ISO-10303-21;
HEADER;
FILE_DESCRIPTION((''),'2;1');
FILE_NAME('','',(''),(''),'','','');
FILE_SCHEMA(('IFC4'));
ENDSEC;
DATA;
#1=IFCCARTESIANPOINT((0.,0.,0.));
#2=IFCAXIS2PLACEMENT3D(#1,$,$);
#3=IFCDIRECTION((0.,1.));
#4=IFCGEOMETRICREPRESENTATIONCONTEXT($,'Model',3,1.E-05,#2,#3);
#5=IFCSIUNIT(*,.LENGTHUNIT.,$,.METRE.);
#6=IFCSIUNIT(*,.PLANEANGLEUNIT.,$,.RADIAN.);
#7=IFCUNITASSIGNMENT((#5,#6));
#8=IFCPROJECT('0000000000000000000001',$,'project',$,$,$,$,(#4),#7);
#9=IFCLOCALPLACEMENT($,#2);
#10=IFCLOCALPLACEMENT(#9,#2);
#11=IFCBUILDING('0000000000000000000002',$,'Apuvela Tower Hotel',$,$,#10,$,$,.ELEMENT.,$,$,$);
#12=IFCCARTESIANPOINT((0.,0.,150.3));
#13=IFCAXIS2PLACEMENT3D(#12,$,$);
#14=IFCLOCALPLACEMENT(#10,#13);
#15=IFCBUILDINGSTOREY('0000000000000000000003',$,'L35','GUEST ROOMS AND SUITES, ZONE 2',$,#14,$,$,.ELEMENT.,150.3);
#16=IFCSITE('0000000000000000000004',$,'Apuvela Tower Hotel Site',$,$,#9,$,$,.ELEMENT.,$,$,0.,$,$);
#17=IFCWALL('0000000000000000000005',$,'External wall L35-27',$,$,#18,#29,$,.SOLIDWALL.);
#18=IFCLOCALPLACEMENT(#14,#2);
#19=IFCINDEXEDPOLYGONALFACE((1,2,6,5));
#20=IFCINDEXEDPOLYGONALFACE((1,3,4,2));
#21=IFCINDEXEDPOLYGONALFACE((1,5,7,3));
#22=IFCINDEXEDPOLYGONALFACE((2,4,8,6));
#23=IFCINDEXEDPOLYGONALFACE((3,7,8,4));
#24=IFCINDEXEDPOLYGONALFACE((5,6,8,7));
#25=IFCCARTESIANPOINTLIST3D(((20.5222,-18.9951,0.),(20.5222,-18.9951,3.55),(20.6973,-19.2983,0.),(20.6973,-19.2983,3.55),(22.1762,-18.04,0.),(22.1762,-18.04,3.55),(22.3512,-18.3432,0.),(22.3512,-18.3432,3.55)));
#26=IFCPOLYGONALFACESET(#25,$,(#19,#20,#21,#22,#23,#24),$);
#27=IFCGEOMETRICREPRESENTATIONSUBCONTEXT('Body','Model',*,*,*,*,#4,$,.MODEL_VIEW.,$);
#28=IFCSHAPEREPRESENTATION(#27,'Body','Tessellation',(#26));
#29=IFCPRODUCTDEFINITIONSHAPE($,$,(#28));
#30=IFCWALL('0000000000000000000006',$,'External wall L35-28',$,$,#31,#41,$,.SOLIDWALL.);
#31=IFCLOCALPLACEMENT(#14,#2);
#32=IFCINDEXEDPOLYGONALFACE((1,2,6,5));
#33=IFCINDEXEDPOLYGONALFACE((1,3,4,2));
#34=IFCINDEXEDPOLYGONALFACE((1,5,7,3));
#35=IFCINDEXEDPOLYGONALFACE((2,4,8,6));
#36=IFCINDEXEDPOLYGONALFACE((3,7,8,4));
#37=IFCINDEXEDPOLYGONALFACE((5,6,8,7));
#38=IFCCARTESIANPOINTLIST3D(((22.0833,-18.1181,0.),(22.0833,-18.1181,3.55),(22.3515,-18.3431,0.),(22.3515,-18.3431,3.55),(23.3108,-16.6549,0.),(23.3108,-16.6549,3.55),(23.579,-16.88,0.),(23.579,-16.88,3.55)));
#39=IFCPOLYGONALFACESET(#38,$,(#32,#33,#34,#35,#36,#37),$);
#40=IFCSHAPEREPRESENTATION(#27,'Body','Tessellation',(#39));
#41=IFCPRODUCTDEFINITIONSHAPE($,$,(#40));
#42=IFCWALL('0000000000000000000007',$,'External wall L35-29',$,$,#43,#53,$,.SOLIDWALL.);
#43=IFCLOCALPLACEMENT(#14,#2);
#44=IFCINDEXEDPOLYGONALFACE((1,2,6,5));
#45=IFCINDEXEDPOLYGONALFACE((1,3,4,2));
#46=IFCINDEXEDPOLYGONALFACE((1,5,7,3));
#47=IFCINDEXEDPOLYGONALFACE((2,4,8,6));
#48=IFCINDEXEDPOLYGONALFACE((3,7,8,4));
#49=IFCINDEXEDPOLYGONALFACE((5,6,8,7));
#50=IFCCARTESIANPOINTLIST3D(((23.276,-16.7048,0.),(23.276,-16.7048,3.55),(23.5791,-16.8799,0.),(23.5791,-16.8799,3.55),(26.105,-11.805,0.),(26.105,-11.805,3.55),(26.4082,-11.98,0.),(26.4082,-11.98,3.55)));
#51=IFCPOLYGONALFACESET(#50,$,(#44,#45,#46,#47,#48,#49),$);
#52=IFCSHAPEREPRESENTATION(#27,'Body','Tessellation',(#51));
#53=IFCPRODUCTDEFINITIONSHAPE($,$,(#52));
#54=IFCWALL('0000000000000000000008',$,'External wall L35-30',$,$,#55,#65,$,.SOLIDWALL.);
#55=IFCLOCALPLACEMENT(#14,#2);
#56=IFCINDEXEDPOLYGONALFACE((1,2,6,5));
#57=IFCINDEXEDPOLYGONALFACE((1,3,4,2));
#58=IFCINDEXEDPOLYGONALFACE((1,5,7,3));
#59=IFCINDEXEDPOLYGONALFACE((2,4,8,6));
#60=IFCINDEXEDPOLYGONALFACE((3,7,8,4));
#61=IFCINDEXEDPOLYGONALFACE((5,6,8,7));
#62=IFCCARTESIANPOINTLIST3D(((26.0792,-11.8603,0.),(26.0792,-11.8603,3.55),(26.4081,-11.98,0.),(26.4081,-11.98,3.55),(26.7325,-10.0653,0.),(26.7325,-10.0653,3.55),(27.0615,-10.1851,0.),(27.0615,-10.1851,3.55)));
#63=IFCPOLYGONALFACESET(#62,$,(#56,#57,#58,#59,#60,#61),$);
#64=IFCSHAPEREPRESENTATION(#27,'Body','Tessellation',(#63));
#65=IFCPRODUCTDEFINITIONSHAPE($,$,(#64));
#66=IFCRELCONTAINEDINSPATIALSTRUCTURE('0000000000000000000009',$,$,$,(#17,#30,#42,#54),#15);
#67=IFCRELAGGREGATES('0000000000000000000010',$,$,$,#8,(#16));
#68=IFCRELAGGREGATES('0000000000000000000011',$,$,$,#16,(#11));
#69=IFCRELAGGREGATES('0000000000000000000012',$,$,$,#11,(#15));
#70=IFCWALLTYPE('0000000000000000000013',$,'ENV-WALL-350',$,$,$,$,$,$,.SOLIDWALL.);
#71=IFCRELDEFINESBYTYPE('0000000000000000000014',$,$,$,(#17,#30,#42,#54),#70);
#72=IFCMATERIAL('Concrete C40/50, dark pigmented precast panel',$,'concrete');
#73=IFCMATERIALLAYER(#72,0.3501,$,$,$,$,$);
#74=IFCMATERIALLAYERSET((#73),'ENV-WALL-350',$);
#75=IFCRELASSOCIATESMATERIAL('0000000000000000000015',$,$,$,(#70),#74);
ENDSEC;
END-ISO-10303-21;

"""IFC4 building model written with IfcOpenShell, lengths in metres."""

from ifc_helpers import new_model, si_unit, direction, frame, frame_2d, origin, place, context, subcontext, project, spatial, rectangle, extrude, material, layer, layer_set, type_object, element, save


model = new_model("IFC4")

# Units and contexts
model_context = context("Model", 3, precision=1e-05, world=origin(), true_north=direction((0.0, 1.0)))
body_context = subcontext(model_context, "Body", "Model", "MODEL_VIEW")
ifc_project = project(units=[si_unit("LENGTHUNIT", "METRE"), si_unit("PLANEANGLEUNIT", "RADIAN")], contexts=[model_context])

# Site, building, storey
site_placement = place(None, origin())
site = spatial("IfcSite", under=ifc_project, at=site_placement, Name="Apuvela Tower Hotel Site", CompositionType="ELEMENT", RefElevation=0.0)
building_placement = place(site_placement, origin())
building = spatial("IfcBuilding", under=site, at=building_placement, Name="Apuvela Tower Hotel", CompositionType="ELEMENT")
storey_placement = place(building_placement, frame((0.0, 0.0, 150.3)))
storey = spatial("IfcBuildingStorey", under=building, at=storey_placement, Name="L35", Description="GUEST ROOMS AND SUITES, ZONE 2", CompositionType="ELEMENT", Elevation=150.3)

# Shared definitions
ifc_material_1 = material(Name="Concrete C40/50, dark pigmented precast panel", Category="concrete")
ifc_layer_1 = layer(ifc_material_1, 0.3501)
ifc_layer_set_1 = layer_set([ifc_layer_1], Name="ENV-WALL-350")
wall_type_1 = type_object("IfcWallType", Name="ENV-WALL-350", PredefinedType="SOLIDWALL", material=ifc_layer_set_1)

# Walls
for number, where, z_axis, x_axis, name in (
    (1, (20.6096, -19.1467, 0.0), (0.0, 0.0, 1.0), (0.866, 0.500043, 0.0), "External wall L35-27"),
    (2, (22.2173, -18.2307, 0.0), (0.0, 0.0, 1.0), (0.642733, 0.76609, 0.0), "External wall L35-28"),
):
    element("IfcWall", number, at=place(storey_placement, frame(where, z_axis=z_axis, x_axis=x_axis)), inside=storey, type_object=wall_type_1, Name=name, PredefinedType="SOLIDWALL", context=body_context, shape_type="SweptSolid", body=[
        extrude(rectangle(XDim=1.9099, YDim=0.3501, at=frame_2d((0.9551, 0.0))), origin(), (0.0, 0.0, 1.0), 3.55),
    ])
wall_1_placement = place(storey_placement, frame((23.4275, -16.7925, 0.0), z_axis=(0.0, 0.0, 1.0), x_axis=(0.500019, 0.866015, 0.0)))
element("IfcWall", 3, at=wall_1_placement, inside=storey, type_object=wall_type_1, Name="External wall L35-29", PredefinedType="SOLIDWALL", context=body_context, shape_type="SweptSolid", body=[
    extrude(rectangle(XDim=5.658, YDim=0.3501, at=frame_2d((2.8291, 0.0))), origin(), (0.0, 0.0, 1.0), 3.55),
])
wall_2_placement = place(storey_placement, frame((26.2437, -11.9202, 0.0), z_axis=(0.0, 0.0, 1.0), x_axis=(0.34203, 0.939689, 0.0)))
element("IfcWall", 4, at=wall_2_placement, inside=storey, type_object=wall_type_1, Name="External wall L35-30", PredefinedType="SOLIDWALL", context=body_context, shape_type="SweptSolid", body=[
    extrude(rectangle(XDim=1.9102, YDim=0.3501, at=frame_2d((0.9551, 0.0))), origin(), (0.0, 0.0, 1.0), 3.55),
])

save(model, "model.ifc")
